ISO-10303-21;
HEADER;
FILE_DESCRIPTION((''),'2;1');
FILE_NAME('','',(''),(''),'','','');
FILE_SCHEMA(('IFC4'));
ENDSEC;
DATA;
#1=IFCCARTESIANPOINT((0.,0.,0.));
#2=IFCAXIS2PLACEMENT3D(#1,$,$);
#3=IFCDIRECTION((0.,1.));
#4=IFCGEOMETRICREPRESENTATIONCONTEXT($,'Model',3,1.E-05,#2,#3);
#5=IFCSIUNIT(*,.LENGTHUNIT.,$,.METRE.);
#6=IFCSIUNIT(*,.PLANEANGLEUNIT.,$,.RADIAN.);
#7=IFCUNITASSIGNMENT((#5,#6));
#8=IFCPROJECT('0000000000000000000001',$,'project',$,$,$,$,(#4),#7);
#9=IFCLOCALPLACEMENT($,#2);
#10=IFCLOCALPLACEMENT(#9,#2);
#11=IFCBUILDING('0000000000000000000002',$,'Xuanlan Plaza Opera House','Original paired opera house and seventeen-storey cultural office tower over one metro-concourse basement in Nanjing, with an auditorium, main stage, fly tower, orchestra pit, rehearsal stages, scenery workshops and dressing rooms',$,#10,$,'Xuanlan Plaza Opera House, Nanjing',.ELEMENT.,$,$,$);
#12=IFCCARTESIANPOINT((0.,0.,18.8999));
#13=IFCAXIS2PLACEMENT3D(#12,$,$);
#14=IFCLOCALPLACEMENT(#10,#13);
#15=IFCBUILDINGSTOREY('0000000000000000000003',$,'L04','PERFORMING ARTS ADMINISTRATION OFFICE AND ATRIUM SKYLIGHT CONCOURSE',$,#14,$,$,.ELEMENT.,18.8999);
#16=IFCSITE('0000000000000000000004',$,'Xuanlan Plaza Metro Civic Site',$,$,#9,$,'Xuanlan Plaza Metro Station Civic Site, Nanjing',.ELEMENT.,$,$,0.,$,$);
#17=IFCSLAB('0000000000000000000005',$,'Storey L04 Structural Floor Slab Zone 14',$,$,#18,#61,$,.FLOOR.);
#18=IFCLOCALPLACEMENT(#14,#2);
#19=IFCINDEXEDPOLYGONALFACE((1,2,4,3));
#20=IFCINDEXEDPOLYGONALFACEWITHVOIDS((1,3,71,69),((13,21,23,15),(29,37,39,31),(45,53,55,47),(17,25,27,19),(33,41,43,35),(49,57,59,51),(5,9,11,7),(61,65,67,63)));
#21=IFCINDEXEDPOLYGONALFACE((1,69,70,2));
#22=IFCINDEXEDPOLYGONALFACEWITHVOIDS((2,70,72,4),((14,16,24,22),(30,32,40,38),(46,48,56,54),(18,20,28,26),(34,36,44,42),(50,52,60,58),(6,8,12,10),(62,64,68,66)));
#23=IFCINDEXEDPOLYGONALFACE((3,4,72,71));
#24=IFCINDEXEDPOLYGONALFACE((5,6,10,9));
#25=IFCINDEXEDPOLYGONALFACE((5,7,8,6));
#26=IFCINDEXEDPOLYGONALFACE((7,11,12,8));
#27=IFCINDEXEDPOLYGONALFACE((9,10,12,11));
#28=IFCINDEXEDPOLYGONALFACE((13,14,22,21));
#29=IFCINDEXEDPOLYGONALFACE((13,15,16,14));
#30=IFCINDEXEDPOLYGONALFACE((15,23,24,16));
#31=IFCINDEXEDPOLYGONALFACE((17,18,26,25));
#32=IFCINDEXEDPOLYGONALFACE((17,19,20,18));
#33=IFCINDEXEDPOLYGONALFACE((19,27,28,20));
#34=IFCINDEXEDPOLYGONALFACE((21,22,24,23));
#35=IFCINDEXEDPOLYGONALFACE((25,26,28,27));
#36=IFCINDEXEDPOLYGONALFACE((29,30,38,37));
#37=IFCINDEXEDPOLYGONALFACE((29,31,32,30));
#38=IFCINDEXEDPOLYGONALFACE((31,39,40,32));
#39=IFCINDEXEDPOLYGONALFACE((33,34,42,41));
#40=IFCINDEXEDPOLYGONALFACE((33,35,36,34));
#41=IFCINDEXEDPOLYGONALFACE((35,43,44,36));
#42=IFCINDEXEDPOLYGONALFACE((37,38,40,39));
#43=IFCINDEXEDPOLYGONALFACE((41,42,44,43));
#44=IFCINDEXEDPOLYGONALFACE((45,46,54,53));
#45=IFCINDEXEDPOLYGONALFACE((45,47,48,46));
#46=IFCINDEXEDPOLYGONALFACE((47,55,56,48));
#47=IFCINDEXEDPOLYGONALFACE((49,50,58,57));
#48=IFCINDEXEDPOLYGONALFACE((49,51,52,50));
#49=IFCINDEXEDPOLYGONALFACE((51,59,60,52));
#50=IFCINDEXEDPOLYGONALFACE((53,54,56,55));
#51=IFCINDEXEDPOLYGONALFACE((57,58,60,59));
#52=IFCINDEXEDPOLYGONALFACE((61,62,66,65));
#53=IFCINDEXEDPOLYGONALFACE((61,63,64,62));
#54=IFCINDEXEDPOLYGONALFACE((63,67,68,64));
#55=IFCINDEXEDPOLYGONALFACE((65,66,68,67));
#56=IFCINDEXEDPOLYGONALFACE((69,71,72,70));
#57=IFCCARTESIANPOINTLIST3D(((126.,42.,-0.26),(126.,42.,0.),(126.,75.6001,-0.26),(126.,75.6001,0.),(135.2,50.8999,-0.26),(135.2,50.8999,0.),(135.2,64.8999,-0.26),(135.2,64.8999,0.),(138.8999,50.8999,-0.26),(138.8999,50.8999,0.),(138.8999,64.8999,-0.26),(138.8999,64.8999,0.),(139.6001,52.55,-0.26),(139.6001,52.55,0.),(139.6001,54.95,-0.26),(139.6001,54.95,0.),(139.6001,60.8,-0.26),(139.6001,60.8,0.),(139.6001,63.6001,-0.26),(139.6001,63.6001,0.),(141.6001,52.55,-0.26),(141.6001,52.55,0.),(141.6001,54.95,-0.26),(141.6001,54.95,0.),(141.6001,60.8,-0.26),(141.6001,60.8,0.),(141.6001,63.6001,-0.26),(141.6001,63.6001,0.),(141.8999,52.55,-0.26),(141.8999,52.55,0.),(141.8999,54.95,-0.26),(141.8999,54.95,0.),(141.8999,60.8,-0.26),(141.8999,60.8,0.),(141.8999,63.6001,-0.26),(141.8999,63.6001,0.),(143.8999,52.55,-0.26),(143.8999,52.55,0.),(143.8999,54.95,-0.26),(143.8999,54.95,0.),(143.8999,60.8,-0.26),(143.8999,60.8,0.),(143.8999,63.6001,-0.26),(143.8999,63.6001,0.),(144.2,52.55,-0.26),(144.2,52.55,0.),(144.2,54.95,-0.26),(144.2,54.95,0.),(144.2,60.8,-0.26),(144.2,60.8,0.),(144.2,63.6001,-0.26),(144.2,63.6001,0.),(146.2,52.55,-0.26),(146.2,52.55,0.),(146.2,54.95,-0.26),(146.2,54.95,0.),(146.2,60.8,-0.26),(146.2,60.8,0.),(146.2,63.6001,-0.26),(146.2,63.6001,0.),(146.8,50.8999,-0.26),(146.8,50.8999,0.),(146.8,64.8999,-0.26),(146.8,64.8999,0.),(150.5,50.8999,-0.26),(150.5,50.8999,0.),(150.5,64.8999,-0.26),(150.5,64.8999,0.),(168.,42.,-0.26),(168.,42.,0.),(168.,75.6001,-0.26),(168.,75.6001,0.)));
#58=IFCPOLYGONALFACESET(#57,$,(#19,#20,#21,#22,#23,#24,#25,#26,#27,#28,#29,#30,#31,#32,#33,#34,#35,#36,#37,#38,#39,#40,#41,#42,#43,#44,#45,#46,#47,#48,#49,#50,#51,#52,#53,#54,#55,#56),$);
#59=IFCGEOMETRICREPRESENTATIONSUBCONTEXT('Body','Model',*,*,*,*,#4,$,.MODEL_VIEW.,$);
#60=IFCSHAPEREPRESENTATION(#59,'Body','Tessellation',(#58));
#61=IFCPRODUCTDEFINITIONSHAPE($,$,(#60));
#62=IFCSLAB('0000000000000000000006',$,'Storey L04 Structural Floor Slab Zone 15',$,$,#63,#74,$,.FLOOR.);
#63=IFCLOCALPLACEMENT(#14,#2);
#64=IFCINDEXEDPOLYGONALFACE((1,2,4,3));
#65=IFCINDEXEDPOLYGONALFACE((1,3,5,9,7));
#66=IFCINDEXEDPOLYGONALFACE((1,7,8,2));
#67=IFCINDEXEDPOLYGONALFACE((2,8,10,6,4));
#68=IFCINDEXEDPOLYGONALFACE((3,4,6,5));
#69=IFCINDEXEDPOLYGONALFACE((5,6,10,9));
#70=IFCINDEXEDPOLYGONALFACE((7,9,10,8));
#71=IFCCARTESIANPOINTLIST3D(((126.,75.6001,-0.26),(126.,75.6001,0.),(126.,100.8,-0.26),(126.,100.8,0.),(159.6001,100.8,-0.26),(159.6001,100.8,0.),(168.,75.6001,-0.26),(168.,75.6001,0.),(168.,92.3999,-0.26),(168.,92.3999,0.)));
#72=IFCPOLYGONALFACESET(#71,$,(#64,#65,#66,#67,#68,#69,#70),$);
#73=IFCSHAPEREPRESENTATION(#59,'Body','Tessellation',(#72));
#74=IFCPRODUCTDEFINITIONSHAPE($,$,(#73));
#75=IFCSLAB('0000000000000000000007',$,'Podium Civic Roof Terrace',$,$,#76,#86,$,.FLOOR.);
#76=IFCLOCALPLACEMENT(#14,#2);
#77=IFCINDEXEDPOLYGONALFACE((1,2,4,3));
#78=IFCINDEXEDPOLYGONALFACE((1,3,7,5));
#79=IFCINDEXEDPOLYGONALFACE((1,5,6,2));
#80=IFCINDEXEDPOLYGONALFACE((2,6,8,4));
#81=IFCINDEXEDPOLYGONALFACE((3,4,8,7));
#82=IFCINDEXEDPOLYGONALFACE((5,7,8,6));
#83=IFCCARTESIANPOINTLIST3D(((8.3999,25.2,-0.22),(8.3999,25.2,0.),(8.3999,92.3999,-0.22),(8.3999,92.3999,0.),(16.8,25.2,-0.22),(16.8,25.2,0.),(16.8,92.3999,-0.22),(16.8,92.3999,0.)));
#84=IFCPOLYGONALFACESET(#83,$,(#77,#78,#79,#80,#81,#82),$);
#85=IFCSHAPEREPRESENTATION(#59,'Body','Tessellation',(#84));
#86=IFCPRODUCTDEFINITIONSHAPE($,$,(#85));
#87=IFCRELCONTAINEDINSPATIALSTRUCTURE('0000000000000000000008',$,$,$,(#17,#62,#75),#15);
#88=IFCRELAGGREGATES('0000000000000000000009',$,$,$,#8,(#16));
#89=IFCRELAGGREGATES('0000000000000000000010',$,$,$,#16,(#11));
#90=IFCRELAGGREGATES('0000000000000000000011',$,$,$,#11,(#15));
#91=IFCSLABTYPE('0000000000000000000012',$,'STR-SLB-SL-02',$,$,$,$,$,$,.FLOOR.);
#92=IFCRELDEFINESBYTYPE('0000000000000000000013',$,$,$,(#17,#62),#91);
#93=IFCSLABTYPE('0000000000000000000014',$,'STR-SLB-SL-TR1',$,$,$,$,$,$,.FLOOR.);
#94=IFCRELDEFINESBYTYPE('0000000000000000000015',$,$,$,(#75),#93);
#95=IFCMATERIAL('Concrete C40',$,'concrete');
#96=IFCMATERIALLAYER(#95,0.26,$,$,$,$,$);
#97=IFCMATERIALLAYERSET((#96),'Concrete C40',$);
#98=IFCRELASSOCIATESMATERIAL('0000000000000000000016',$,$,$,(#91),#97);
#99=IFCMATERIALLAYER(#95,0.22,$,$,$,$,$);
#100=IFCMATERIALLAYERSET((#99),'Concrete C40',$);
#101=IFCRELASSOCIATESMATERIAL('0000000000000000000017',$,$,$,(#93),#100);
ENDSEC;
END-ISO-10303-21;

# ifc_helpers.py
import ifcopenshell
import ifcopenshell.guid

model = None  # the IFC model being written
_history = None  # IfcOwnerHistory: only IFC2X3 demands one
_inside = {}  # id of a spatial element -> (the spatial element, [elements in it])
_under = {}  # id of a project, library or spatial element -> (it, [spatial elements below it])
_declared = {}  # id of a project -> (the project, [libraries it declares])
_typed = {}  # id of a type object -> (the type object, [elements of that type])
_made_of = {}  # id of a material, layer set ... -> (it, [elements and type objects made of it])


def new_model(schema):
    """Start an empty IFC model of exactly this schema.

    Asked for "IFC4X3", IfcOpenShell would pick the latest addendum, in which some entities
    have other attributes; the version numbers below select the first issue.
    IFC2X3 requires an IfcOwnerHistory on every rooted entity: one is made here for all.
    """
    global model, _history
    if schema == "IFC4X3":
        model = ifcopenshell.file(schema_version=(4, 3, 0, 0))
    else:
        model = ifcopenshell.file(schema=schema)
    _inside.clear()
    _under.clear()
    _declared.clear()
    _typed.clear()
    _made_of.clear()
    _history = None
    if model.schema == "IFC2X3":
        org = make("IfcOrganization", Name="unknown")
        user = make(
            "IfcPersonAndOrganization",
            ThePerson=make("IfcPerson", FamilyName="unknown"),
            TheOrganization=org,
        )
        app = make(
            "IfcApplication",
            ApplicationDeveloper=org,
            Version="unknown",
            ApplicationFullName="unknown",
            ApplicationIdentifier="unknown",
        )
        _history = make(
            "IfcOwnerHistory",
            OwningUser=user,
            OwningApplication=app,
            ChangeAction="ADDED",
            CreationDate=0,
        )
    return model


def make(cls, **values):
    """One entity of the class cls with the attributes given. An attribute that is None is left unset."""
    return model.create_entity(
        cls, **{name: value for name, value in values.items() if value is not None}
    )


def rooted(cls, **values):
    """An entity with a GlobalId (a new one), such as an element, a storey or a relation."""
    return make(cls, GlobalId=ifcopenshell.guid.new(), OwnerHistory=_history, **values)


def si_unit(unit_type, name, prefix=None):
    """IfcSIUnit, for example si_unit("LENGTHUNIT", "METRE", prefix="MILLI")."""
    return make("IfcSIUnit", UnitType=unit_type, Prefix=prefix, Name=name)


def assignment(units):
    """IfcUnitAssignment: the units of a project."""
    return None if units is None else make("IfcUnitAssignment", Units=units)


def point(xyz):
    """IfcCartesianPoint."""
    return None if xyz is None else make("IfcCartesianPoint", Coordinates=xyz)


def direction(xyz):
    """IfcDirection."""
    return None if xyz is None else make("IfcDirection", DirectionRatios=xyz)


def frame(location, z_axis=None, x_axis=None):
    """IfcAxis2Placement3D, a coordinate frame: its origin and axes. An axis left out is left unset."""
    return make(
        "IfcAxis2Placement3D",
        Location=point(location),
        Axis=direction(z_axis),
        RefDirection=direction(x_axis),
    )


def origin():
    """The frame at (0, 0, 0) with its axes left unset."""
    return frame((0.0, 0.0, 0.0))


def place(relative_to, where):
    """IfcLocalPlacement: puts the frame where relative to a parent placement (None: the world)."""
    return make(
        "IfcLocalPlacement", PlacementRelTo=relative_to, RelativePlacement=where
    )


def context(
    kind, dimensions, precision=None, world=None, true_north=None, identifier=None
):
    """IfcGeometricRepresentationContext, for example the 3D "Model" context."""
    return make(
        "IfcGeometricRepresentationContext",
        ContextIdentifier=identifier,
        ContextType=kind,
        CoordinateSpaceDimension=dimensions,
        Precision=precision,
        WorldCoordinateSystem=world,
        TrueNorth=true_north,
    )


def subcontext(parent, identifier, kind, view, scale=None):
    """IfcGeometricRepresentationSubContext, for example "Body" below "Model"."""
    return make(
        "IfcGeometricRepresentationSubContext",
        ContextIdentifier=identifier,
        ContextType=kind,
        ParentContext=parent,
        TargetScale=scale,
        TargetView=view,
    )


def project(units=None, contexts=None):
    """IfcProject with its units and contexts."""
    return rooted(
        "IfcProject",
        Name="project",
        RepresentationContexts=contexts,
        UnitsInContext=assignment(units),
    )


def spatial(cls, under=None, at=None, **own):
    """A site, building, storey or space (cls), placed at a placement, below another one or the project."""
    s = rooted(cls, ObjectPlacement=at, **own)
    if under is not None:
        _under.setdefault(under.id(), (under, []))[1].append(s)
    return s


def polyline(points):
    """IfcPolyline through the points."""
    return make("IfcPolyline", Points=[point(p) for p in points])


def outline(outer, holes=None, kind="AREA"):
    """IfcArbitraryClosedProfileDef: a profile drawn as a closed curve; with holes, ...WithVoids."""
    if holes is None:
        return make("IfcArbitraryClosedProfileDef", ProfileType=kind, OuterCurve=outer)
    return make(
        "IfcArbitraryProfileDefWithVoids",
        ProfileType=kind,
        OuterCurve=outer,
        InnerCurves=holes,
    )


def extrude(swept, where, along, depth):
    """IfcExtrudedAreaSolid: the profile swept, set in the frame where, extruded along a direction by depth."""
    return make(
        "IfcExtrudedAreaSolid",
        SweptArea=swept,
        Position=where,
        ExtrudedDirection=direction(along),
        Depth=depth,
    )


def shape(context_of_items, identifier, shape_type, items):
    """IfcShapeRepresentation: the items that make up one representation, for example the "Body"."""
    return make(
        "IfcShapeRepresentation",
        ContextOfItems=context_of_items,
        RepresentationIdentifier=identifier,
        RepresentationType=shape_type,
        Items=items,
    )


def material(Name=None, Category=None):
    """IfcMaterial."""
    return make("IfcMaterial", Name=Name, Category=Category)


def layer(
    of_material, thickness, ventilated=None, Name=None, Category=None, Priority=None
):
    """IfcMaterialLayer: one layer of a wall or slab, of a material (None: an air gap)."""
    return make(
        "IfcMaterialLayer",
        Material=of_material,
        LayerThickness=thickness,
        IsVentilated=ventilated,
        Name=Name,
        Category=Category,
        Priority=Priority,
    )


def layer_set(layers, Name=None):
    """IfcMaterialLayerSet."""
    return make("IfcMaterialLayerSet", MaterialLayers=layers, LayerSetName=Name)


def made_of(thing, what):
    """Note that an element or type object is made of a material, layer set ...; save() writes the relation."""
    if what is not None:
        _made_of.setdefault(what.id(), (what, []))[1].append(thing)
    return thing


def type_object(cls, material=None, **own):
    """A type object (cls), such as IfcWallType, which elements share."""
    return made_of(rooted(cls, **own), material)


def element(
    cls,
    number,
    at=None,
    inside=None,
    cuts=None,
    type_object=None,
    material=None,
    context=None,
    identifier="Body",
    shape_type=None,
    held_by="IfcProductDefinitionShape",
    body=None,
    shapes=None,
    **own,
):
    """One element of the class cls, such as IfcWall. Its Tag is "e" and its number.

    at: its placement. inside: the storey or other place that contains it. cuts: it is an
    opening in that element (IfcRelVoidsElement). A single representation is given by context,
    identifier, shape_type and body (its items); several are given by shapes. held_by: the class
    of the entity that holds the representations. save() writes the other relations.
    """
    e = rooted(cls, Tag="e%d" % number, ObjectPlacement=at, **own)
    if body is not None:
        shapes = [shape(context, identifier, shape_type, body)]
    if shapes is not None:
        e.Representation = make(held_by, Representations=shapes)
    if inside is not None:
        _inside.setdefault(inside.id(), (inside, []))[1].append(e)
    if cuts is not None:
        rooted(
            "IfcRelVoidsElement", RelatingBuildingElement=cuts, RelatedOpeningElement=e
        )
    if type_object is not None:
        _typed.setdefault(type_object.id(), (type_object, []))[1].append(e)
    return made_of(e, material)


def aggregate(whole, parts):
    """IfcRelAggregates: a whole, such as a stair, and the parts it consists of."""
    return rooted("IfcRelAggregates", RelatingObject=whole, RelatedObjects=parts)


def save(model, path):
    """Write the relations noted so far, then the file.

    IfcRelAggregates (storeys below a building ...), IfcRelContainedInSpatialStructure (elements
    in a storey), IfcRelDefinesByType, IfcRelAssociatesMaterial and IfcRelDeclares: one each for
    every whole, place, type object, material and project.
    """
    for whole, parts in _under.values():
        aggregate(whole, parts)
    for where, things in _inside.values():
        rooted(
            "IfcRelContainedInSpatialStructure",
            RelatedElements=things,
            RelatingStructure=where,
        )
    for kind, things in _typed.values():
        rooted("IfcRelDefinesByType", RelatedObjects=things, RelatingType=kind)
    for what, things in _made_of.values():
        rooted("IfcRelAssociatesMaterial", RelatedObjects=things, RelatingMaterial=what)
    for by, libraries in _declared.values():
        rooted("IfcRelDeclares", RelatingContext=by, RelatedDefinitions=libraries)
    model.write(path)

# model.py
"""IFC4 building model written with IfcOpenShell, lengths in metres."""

from ifc_helpers import new_model, si_unit, direction, frame, origin, place, context, subcontext, project, spatial, polyline, outline, extrude, material, layer, layer_set, type_object, element, save


model = new_model("IFC4")

# Units and contexts
model_context = context("Model", 3, precision=1e-05, world=origin(), true_north=direction((0.0, 1.0)))
body_context = subcontext(model_context, "Body", "Model", "MODEL_VIEW")
ifc_project = project(units=[si_unit("LENGTHUNIT", "METRE"), si_unit("PLANEANGLEUNIT", "RADIAN")], contexts=[model_context])

# Site, building, storey
site_placement = place(None, origin())
site = spatial("IfcSite", under=ifc_project, at=site_placement, Name="Xuanlan Plaza Metro Civic Site", LongName="Xuanlan Plaza Metro Station Civic Site, Nanjing", CompositionType="ELEMENT", RefElevation=0.0)
building_placement = place(site_placement, origin())
building = spatial("IfcBuilding", under=site, at=building_placement, Name="Xuanlan Plaza Opera House", Description="Original paired opera house and seventeen-storey cultural office tower over one metro-concourse basement in Nanjing, with an auditorium, main stage, fly tower, orchestra pit, rehearsal stages, scenery workshops and dressing rooms", LongName="Xuanlan Plaza Opera House, Nanjing", CompositionType="ELEMENT")
storey_placement = place(building_placement, frame((0.0, 0.0, 18.8999)))
storey = spatial("IfcBuildingStorey", under=building, at=storey_placement, Name="L04", Description="PERFORMING ARTS ADMINISTRATION OFFICE AND ATRIUM SKYLIGHT CONCOURSE", CompositionType="ELEMENT", Elevation=18.8999)

# Shared definitions
ifc_material = material(Name="Concrete C40", Category="concrete")

# Slabs
ifc_layer_1 = layer(ifc_material, 0.26)
ifc_layer_set_1 = layer_set([ifc_layer_1], Name="Concrete C40")
slab_type_1 = type_object("IfcSlabType", Name="STR-SLB-SL-02", PredefinedType="FLOOR", material=ifc_layer_set_1)
slab_1_placement = place(storey_placement, frame((0.0, 0.0, -0.26)))
element("IfcSlab", 1, at=slab_1_placement, inside=storey, type_object=slab_type_1, Name="Storey L04 Structural Floor Slab Zone 14", PredefinedType="FLOOR", context=body_context, shape_type="SweptSolid", body=[
    extrude(outline(polyline([(168.0, 42.0), (126.0, 42.0), (126.0, 75.6001), (168.0, 75.6001), (168.0, 42.0)]), holes=[polyline([(138.8999, 50.8999), (138.8999, 64.8999), (135.2, 64.8999), (135.2, 50.8999), (138.8999, 50.8999)]), polyline([(146.8, 50.8999), (150.5, 50.8999), (150.5, 64.8999), (146.8, 64.8999), (146.8, 50.8999)]), polyline([(139.6001, 60.8), (141.6001, 60.8), (141.6001, 63.6001), (139.6001, 63.6001), (139.6001, 60.8)]), polyline([(141.8999, 63.6001), (141.8999, 60.8), (143.8999, 60.8), (143.8999, 63.6001), (141.8999, 63.6001)]), polyline([(146.2, 63.6001), (144.2, 63.6001), (144.2, 60.8), (146.2, 60.8), (146.2, 63.6001)]), polyline([(141.6001, 52.55), (141.6001, 54.95), (139.6001, 54.95), (139.6001, 52.55), (141.6001, 52.55)]), polyline([(141.8999, 52.55), (143.8999, 52.55), (143.8999, 54.95), (141.8999, 54.95), (141.8999, 52.55)]), polyline([(144.2, 54.95), (144.2, 52.55), (146.2, 52.55), (146.2, 54.95), (144.2, 54.95)])]), origin(), (0.0, 0.0, 1.0), 0.26),
])
slab_2_placement = place(storey_placement, frame((0.0, 0.0, -0.26)))
element("IfcSlab", 2, at=slab_2_placement, inside=storey, type_object=slab_type_1, Name="Storey L04 Structural Floor Slab Zone 15", PredefinedType="FLOOR", context=body_context, shape_type="SweptSolid", body=[
    extrude(outline(polyline([(168.0, 92.3999), (168.0, 75.6001), (126.0, 75.6001), (126.0, 100.8), (159.6001, 100.8), (168.0, 92.3999)])), origin(), (0.0, 0.0, 1.0), 0.26),
])
ifc_layer_2 = layer(ifc_material, 0.22)
ifc_layer_set_2 = layer_set([ifc_layer_2], Name="Concrete C40")
slab_type_2 = type_object("IfcSlabType", Name="STR-SLB-SL-TR1", PredefinedType="FLOOR", material=ifc_layer_set_2)
slab_3_placement = place(storey_placement, frame((0.0, 0.0, -0.22)))
element("IfcSlab", 3, at=slab_3_placement, inside=storey, type_object=slab_type_2, Name="Podium Civic Roof Terrace", PredefinedType="FLOOR", context=body_context, shape_type="SweptSolid", body=[
    extrude(outline(polyline([(8.3999, 25.2), (16.8, 25.2), (16.8, 92.3999), (8.3999, 92.3999), (8.3999, 25.2)])), origin(), (0.0, 0.0, 1.0), 0.22),
])

save(model, "model.ifc")
